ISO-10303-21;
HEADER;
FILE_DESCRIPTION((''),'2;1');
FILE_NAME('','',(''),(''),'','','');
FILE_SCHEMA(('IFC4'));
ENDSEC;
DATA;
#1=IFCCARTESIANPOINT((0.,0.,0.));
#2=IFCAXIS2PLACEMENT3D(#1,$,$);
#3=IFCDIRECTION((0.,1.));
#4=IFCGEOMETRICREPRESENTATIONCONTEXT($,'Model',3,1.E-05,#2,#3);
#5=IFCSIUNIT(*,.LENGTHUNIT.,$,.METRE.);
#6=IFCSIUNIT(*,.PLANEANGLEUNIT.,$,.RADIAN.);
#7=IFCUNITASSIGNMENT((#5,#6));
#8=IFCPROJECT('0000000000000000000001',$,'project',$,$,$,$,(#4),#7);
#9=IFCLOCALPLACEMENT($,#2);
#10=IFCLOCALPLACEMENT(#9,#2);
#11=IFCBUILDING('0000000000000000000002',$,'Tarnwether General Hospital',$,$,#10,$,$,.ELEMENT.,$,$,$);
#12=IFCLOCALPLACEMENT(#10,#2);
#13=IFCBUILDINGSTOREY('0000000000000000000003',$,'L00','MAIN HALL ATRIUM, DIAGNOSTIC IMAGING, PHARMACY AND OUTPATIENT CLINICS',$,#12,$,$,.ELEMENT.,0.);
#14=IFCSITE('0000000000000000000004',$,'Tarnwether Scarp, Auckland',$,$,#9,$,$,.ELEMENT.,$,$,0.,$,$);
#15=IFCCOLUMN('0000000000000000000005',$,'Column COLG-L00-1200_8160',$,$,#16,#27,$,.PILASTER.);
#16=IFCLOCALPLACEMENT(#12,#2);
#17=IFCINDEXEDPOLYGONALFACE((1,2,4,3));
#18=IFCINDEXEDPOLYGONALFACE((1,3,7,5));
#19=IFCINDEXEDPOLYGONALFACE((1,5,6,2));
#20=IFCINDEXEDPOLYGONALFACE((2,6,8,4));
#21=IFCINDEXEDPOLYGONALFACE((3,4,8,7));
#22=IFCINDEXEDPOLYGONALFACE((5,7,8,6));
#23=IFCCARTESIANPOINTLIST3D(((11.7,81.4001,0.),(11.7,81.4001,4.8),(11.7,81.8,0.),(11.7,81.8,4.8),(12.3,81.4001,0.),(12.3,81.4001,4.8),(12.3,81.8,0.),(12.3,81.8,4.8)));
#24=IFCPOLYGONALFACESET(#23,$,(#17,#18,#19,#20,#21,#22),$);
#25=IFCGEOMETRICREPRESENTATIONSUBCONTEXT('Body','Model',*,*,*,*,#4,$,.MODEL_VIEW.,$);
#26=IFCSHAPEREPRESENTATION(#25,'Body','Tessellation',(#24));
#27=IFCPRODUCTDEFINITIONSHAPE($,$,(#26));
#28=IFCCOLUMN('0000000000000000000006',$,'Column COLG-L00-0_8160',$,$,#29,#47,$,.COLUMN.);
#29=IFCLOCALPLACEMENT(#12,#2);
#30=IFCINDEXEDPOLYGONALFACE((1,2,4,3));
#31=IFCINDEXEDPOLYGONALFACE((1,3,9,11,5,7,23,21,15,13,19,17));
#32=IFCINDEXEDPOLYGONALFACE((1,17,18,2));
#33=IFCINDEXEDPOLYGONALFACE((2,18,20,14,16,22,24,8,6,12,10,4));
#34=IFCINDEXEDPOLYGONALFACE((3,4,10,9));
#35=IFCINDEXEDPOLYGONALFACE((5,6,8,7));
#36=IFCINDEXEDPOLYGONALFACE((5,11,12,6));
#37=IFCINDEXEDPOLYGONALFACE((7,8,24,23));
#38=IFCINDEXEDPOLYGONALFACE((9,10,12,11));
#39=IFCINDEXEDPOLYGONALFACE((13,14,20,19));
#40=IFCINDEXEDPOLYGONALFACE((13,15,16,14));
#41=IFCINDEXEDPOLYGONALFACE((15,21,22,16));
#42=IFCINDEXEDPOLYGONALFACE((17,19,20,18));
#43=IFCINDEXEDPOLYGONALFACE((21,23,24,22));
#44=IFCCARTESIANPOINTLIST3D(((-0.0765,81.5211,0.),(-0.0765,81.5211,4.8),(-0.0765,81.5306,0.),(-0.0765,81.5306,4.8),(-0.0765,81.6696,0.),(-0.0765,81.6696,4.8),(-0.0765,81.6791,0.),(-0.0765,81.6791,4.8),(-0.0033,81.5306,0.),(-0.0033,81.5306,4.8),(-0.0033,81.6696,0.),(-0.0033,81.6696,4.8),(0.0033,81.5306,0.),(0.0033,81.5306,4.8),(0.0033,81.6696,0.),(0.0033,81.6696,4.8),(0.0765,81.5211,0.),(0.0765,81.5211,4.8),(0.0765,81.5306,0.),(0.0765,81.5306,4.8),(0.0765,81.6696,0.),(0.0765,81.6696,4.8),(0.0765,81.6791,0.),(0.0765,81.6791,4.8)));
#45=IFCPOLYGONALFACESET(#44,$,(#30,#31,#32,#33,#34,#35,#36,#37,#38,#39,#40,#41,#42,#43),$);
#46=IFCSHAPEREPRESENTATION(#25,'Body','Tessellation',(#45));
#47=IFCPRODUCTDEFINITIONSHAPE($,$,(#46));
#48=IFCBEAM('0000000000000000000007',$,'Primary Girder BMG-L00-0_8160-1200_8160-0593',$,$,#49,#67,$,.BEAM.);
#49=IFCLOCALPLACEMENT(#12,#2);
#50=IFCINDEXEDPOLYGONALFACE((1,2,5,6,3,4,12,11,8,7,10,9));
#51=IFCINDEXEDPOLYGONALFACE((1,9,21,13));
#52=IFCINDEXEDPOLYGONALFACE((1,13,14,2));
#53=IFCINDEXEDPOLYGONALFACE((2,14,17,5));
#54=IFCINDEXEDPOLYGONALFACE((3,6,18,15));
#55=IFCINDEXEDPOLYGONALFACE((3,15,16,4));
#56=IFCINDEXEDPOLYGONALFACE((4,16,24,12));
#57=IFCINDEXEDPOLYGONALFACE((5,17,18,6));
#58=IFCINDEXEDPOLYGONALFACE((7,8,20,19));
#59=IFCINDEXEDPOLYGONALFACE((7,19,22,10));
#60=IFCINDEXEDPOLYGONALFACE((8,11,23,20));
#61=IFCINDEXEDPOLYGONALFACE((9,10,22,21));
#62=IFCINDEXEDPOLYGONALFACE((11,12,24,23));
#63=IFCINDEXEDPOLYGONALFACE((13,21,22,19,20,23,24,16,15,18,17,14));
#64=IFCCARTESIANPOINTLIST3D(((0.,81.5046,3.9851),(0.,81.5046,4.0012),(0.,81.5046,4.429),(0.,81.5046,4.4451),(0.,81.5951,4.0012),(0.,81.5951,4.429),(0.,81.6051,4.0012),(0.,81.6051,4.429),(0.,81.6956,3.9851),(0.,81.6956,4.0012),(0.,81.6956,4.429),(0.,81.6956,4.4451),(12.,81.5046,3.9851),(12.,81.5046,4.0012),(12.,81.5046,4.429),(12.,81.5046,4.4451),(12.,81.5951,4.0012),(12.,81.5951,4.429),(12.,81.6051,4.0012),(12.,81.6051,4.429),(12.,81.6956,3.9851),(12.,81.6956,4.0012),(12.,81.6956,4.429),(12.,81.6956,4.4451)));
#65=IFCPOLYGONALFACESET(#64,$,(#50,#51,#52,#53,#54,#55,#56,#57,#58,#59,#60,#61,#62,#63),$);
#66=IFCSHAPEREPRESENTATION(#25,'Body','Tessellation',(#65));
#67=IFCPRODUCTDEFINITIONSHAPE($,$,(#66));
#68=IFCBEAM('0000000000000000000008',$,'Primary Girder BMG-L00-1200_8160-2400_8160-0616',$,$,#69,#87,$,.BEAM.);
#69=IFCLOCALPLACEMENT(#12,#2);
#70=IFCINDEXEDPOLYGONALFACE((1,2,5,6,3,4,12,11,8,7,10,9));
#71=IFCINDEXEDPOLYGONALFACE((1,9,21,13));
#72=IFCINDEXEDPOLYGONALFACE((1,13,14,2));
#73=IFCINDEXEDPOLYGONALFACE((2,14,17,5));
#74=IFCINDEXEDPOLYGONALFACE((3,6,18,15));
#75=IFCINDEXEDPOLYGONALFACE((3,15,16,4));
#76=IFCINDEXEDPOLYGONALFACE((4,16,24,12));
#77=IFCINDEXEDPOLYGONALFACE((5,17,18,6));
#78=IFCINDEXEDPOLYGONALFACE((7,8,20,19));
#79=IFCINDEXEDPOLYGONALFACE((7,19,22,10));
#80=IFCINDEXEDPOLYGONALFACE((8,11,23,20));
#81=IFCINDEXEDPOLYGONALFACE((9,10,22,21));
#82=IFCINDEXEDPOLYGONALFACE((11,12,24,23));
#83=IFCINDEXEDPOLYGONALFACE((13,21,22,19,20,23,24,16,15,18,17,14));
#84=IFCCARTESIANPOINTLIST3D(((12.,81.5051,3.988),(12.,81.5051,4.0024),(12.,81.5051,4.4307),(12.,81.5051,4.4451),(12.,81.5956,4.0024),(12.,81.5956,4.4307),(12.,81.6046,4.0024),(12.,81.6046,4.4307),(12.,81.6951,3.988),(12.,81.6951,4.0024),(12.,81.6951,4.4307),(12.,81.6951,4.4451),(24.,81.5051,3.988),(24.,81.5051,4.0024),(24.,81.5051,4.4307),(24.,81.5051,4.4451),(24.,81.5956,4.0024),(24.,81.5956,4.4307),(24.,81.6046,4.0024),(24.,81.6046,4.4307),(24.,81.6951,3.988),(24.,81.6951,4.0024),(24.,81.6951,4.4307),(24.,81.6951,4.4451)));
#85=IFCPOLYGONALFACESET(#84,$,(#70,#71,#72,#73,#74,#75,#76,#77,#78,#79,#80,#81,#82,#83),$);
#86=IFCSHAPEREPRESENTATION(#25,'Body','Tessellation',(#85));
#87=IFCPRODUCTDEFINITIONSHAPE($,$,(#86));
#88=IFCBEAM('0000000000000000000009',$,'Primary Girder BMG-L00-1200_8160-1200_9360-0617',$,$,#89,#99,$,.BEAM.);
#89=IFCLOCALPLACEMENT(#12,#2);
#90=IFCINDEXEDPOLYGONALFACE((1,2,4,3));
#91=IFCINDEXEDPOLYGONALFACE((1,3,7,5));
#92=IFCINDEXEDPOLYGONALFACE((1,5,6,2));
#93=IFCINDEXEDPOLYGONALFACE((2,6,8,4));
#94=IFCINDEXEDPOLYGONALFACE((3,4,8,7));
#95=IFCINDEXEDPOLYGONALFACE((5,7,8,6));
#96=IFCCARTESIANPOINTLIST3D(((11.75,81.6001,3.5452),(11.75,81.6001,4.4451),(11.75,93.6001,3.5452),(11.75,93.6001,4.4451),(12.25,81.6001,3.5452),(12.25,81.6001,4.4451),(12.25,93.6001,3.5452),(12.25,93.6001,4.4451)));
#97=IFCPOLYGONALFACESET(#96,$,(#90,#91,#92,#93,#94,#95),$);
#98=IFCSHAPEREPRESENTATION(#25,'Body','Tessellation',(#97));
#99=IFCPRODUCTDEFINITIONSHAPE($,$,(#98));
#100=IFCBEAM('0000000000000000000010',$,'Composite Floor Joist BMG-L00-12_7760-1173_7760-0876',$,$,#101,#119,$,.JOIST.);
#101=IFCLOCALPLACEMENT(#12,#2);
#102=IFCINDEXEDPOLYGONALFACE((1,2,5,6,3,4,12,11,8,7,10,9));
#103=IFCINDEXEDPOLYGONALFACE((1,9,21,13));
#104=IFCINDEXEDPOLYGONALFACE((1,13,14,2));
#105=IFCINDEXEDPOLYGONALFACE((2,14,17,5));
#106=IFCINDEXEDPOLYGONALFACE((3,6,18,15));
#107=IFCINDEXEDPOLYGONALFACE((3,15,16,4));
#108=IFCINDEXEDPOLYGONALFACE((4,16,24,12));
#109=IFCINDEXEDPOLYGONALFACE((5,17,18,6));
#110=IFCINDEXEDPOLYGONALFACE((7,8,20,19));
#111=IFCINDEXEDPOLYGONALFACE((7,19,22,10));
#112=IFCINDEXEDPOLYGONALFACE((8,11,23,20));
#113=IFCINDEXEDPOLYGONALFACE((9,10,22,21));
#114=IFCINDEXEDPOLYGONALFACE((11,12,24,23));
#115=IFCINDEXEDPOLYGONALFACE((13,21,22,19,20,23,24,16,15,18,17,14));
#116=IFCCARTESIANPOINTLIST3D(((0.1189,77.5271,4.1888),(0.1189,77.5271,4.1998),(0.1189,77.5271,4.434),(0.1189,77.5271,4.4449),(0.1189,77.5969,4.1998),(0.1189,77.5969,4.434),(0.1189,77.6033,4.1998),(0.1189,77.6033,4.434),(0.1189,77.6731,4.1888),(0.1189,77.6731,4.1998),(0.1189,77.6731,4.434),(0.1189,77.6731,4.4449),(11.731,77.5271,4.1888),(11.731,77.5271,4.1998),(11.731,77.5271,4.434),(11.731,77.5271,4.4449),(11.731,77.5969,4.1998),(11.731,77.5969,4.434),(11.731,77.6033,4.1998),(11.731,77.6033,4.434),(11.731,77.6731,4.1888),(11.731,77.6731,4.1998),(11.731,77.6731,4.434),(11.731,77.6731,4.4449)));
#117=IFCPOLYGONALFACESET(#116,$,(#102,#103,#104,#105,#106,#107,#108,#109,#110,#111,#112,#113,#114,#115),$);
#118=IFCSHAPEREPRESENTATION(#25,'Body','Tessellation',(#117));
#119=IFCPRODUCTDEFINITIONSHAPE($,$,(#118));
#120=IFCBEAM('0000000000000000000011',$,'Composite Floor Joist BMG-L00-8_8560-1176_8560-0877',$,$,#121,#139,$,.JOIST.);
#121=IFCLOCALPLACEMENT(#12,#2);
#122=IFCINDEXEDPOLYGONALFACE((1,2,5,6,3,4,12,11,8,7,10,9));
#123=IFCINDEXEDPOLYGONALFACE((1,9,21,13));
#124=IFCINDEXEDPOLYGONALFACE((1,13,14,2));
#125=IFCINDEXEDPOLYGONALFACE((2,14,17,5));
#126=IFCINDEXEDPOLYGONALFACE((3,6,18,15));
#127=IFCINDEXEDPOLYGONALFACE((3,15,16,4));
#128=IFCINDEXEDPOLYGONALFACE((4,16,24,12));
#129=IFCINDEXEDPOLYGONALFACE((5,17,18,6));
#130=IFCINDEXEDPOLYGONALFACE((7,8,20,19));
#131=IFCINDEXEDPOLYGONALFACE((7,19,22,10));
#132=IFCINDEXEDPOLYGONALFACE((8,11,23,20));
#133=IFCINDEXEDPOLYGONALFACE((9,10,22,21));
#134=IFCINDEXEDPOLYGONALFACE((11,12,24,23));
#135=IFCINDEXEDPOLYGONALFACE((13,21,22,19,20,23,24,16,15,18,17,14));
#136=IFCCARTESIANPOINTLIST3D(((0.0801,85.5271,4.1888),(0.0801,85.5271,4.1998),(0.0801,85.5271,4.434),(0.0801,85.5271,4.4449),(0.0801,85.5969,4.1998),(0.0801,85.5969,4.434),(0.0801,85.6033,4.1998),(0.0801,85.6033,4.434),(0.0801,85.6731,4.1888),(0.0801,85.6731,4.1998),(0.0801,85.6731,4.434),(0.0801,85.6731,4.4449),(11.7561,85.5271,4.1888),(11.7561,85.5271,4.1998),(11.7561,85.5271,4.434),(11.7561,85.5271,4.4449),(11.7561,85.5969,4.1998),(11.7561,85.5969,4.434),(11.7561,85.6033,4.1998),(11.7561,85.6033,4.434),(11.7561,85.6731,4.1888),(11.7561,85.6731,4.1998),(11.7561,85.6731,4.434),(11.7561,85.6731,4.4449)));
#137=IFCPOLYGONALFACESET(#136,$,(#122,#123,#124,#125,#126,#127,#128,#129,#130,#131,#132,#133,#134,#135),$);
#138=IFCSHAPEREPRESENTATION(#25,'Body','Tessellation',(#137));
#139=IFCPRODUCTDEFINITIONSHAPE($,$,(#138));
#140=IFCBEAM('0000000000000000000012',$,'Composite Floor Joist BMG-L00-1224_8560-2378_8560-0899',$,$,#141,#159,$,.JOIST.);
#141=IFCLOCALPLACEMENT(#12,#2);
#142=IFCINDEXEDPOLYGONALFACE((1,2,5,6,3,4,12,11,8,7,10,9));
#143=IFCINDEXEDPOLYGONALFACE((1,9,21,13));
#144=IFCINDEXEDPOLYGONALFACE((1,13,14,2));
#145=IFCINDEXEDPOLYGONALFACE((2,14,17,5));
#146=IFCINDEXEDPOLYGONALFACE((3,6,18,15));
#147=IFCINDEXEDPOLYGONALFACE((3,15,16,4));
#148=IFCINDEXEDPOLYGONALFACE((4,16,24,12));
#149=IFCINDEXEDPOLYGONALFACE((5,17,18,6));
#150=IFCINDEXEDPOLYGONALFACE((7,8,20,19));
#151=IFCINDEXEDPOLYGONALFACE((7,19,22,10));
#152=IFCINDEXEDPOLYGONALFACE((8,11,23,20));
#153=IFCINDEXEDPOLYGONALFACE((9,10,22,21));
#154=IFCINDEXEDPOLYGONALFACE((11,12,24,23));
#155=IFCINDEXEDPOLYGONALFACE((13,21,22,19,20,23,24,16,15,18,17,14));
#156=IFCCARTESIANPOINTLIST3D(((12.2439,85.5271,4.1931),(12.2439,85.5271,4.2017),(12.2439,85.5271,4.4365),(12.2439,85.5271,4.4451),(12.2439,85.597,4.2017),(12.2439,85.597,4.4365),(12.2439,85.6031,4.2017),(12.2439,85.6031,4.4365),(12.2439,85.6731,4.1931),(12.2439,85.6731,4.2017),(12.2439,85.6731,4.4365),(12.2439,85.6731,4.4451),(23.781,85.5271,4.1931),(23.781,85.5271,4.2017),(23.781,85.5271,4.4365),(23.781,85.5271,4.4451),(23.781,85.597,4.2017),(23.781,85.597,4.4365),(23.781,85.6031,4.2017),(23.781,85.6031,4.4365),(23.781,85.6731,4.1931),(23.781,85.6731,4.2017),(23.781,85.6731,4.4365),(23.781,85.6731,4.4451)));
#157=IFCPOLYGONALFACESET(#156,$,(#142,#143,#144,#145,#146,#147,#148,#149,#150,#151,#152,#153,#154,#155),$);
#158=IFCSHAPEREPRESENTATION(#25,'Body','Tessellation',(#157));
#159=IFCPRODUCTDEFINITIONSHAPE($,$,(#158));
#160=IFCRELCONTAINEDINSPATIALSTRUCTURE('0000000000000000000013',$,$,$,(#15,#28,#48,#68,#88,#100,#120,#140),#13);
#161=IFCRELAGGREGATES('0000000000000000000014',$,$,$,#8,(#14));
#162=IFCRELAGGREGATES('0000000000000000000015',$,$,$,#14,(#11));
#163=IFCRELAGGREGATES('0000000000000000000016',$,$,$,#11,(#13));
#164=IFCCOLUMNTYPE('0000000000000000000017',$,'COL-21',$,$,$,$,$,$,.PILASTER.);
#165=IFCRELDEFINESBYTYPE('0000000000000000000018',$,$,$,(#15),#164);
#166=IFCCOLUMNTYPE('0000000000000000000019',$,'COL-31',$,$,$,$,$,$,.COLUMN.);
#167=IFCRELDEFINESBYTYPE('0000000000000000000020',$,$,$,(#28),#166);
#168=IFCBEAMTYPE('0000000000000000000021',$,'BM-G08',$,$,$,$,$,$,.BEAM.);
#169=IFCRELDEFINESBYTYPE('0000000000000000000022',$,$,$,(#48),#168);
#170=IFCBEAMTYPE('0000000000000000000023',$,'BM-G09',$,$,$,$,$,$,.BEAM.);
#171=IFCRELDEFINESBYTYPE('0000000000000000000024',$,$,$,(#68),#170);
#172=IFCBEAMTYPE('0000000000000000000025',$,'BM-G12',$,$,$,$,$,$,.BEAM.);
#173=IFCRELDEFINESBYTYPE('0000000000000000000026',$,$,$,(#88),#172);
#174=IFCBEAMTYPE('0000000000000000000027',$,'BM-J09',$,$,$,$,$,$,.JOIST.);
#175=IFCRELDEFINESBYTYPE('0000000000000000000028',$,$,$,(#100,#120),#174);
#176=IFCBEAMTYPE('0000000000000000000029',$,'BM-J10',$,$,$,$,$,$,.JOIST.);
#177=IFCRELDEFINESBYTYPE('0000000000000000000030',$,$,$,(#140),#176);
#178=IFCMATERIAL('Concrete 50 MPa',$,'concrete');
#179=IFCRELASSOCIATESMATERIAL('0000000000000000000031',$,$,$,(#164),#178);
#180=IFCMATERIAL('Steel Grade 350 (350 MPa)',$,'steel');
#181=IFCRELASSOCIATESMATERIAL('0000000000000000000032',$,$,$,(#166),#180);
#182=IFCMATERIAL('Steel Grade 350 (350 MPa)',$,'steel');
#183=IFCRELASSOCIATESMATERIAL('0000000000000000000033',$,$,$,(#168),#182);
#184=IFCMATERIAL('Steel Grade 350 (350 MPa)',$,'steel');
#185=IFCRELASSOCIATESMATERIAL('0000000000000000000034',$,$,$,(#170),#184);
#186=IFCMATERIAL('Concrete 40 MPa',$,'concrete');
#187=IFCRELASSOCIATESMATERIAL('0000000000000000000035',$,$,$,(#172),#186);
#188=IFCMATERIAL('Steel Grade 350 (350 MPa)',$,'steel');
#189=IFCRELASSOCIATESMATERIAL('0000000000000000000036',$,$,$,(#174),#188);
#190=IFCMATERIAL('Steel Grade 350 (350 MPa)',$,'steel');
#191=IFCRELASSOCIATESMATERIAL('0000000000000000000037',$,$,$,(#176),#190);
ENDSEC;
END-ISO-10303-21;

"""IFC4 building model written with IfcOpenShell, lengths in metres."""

from ifc_helpers import new_model, si_unit, direction, frame, origin, origin_2d, place, context, subcontext, project, spatial, rectangle, i_section, extrude, material, material_profile, profile_set, type_object, element, save


model = new_model("IFC4")

# Units and contexts
model_context = context("Model", 3, precision=1e-05, world=origin(), true_north=direction((0.0, 1.0)))
body_context = subcontext(model_context, "Body", "Model", "MODEL_VIEW")
ifc_project = project(units=[si_unit("LENGTHUNIT", "METRE"), si_unit("PLANEANGLEUNIT", "RADIAN")], contexts=[model_context])

# Site, building, storey
site_placement = place(None, origin())
site = spatial("IfcSite", under=ifc_project, at=site_placement, Name="Tarnwether Scarp, Auckland", CompositionType="ELEMENT", RefElevation=0.0)
building_placement = place(site_placement, origin())
building = spatial("IfcBuilding", under=site, at=building_placement, Name="Tarnwether General Hospital", CompositionType="ELEMENT")
storey_placement = place(building_placement, origin())
storey = spatial("IfcBuildingStorey", under=building, at=storey_placement, Name="L00", Description="MAIN HALL ATRIUM, DIAGNOSTIC IMAGING, PHARMACY AND OUTPATIENT CLINICS", CompositionType="ELEMENT", Elevation=0.0)

# Columns
ifc_material_1 = material(Name="Concrete 50 MPa", Category="concrete")
ifc_material_profile_1 = material_profile(ifc_material_1, rectangle(XDim=0.3999, YDim=0.6001, at=origin_2d()), Name="RC-PIL-400x600")
ifc_profile_set_1 = profile_set([ifc_material_profile_1], Name="Concrete 50 MPa")
column_type_1 = type_object("IfcColumnType", Name="COL-21", PredefinedType="PILASTER", material=ifc_profile_set_1)
column_1_placement = place(storey_placement, frame((12.0, 81.6001, 0.0), z_axis=(0.0, 0.0, 1.0), x_axis=(0.0, 1.0, 0.0)))
element("IfcColumn", 1, at=column_1_placement, inside=storey, type_object=column_type_1, Name="Column COLG-L00-1200_8160", PredefinedType="PILASTER", context=body_context, shape_type="SweptSolid", body=[
    extrude(rectangle(XDim=0.3999, YDim=0.6001, at=origin_2d()), origin(), (0.0, 0.0, 1.0), 4.8),
])
ifc_material_2 = material(Name="Steel Grade 350 (350 MPa)", Category="steel")
ifc_material_profile_2 = material_profile(ifc_material_2, i_section(OverallWidth=0.1531, OverallDepth=0.158, WebThickness=0.0066, FlangeThickness=0.0095, at=origin_2d()), Name="150UC30.0")
ifc_profile_set_2 = profile_set([ifc_material_profile_2], Name="Steel Grade 350 (350 MPa)")
column_type_2 = type_object("IfcColumnType", Name="COL-31", PredefinedType="COLUMN", material=ifc_profile_set_2)
column_2_placement = place(storey_placement, frame((0.0, 81.6001, 0.0), z_axis=(0.0, 0.0, 1.0), x_axis=(1.0, 0.0, 0.0)))
element("IfcColumn", 2, at=column_2_placement, inside=storey, type_object=column_type_2, Name="Column COLG-L00-0_8160", PredefinedType="COLUMN", context=body_context, shape_type="SweptSolid", body=[
    extrude(i_section(OverallWidth=0.1531, OverallDepth=0.158, WebThickness=0.0066, FlangeThickness=0.0095, at=origin_2d()), origin(), (0.0, 0.0, 1.0), 4.8),
])

# Beams
ifc_material_3 = material(Name="Steel Grade 350 (350 MPa)", Category="steel")
ifc_material_profile_3 = material_profile(ifc_material_3, i_section(OverallWidth=0.1909, OverallDepth=0.46, WebThickness=0.01, FlangeThickness=0.0161, at=origin_2d()), Name="460UB82.1")
ifc_profile_set_3 = profile_set([ifc_material_profile_3], Name="Steel Grade 350 (350 MPa)")
beam_type_1 = type_object("IfcBeamType", Name="BM-G08", PredefinedType="BEAM", material=ifc_profile_set_3)
beam_1_placement = place(storey_placement, frame((0.0, 81.6001, 4.2151), z_axis=(1.0, 0.0, 0.0), x_axis=(0.0, 1.0, 0.0)))
element("IfcBeam", 3, at=beam_1_placement, inside=storey, type_object=beam_type_1, Name="Primary Girder BMG-L00-0_8160-1200_8160-0593", PredefinedType="BEAM", context=body_context, shape_type="SweptSolid", body=[
    extrude(i_section(OverallWidth=0.1909, OverallDepth=0.46, WebThickness=0.01, FlangeThickness=0.0161, at=origin_2d()), origin(), (0.0, 0.0, 1.0), 12.0),
])
ifc_material_4 = material(Name="Steel Grade 350 (350 MPa)", Category="steel")
ifc_material_profile_4 = material_profile(ifc_material_4, i_section(OverallWidth=0.1899, OverallDepth=0.457, WebThickness=0.009, FlangeThickness=0.0144, at=origin_2d()), Name="460UB74.6")
ifc_profile_set_4 = profile_set([ifc_material_profile_4], Name="Steel Grade 350 (350 MPa)")
beam_type_2 = type_object("IfcBeamType", Name="BM-G09", PredefinedType="BEAM", material=ifc_profile_set_4)
beam_2_placement = place(storey_placement, frame((12.0, 81.6001, 4.2166), z_axis=(1.0, 0.0, 0.0), x_axis=(0.0, 1.0, 0.0)))
element("IfcBeam", 4, at=beam_2_placement, inside=storey, type_object=beam_type_2, Name="Primary Girder BMG-L00-1200_8160-2400_8160-0616", PredefinedType="BEAM", context=body_context, shape_type="SweptSolid", body=[
    extrude(i_section(OverallWidth=0.1899, OverallDepth=0.457, WebThickness=0.009, FlangeThickness=0.0144, at=origin_2d()), origin(), (0.0, 0.0, 1.0), 12.0),
])
ifc_material_5 = material(Name="Concrete 40 MPa", Category="concrete")
ifc_material_profile_5 = material_profile(ifc_material_5, rectangle(XDim=0.5, YDim=0.8999, at=origin_2d()), Name="RC-BM-500x900")
ifc_profile_set_5 = profile_set([ifc_material_profile_5], Name="Concrete 40 MPa")
beam_type_3 = type_object("IfcBeamType", Name="BM-G12", PredefinedType="BEAM", material=ifc_profile_set_5)
beam_3_placement = place(storey_placement, frame((12.0, 81.6001, 3.9951), z_axis=(0.0, 1.0, 0.0), x_axis=(-1.0, 0.0, 0.0)))
element("IfcBeam", 5, at=beam_3_placement, inside=storey, type_object=beam_type_3, Name="Primary Girder BMG-L00-1200_8160-1200_9360-0617", PredefinedType="BEAM", context=body_context, shape_type="SweptSolid", body=[
    extrude(rectangle(XDim=0.5, YDim=0.8999, at=origin_2d()), origin(), (0.0, 0.0, 1.0), 12.0),
])
ifc_material_6 = material(Name="Steel Grade 350 (350 MPa)", Category="steel")
ifc_material_profile_6 = material_profile(ifc_material_6, i_section(OverallWidth=0.146, OverallDepth=0.2561, WebThickness=0.0063, FlangeThickness=0.011, at=origin_2d()), Name="250UB37.3")
ifc_profile_set_6 = profile_set([ifc_material_profile_6], Name="Steel Grade 350 (350 MPa)")
beam_type_4 = type_object("IfcBeamType", Name="BM-J09", PredefinedType="JOIST", material=ifc_profile_set_6)
beam_4_placement = place(storey_placement, frame((0.1189, 77.6001, 4.3169), z_axis=(1.0, 0.0, 0.0), x_axis=(0.0, 1.0, 0.0)))
element("IfcBeam", 6, at=beam_4_placement, inside=storey, type_object=beam_type_4, Name="Composite Floor Joist BMG-L00-12_7760-1173_7760-0876", PredefinedType="JOIST", context=body_context, shape_type="SweptSolid", body=[
    extrude(i_section(OverallWidth=0.146, OverallDepth=0.2561, WebThickness=0.0063, FlangeThickness=0.011, at=origin_2d()), origin(), (0.0, 0.0, 1.0), 11.6121),
])
beam_5_placement = place(storey_placement, frame((0.0801, 85.6001, 4.3169), z_axis=(1.0, 0.0, 0.0), x_axis=(0.0, 1.0, 0.0)))
element("IfcBeam", 7, at=beam_5_placement, inside=storey, type_object=beam_type_4, Name="Composite Floor Joist BMG-L00-8_8560-1176_8560-0877", PredefinedType="JOIST", context=body_context, shape_type="SweptSolid", body=[
    extrude(i_section(OverallWidth=0.146, OverallDepth=0.2561, WebThickness=0.0063, FlangeThickness=0.011, at=origin_2d()), origin(), (0.0, 0.0, 1.0), 11.676),
])
ifc_material_7 = material(Name="Steel Grade 350 (350 MPa)", Category="steel")
ifc_material_profile_7 = material_profile(ifc_material_7, i_section(OverallWidth=0.146, OverallDepth=0.252, WebThickness=0.0061, FlangeThickness=0.0085, at=origin_2d()), Name="250UB31.4")
ifc_profile_set_7 = profile_set([ifc_material_profile_7], Name="Steel Grade 350 (350 MPa)")
beam_type_5 = type_object("IfcBeamType", Name="BM-J10", PredefinedType="JOIST", material=ifc_profile_set_7)
beam_6_placement = place(storey_placement, frame((12.2439, 85.6001, 4.3191), z_axis=(1.0, 0.0, 0.0), x_axis=(0.0, 1.0, 0.0)))
element("IfcBeam", 8, at=beam_6_placement, inside=storey, type_object=beam_type_5, Name="Composite Floor Joist BMG-L00-1224_8560-2378_8560-0899", PredefinedType="JOIST", context=body_context, shape_type="SweptSolid", body=[
    extrude(i_section(OverallWidth=0.146, OverallDepth=0.252, WebThickness=0.0061, FlangeThickness=0.0085, at=origin_2d()), origin(), (0.0, 0.0, 1.0), 11.5371),
])

save(model, "model.ifc")
